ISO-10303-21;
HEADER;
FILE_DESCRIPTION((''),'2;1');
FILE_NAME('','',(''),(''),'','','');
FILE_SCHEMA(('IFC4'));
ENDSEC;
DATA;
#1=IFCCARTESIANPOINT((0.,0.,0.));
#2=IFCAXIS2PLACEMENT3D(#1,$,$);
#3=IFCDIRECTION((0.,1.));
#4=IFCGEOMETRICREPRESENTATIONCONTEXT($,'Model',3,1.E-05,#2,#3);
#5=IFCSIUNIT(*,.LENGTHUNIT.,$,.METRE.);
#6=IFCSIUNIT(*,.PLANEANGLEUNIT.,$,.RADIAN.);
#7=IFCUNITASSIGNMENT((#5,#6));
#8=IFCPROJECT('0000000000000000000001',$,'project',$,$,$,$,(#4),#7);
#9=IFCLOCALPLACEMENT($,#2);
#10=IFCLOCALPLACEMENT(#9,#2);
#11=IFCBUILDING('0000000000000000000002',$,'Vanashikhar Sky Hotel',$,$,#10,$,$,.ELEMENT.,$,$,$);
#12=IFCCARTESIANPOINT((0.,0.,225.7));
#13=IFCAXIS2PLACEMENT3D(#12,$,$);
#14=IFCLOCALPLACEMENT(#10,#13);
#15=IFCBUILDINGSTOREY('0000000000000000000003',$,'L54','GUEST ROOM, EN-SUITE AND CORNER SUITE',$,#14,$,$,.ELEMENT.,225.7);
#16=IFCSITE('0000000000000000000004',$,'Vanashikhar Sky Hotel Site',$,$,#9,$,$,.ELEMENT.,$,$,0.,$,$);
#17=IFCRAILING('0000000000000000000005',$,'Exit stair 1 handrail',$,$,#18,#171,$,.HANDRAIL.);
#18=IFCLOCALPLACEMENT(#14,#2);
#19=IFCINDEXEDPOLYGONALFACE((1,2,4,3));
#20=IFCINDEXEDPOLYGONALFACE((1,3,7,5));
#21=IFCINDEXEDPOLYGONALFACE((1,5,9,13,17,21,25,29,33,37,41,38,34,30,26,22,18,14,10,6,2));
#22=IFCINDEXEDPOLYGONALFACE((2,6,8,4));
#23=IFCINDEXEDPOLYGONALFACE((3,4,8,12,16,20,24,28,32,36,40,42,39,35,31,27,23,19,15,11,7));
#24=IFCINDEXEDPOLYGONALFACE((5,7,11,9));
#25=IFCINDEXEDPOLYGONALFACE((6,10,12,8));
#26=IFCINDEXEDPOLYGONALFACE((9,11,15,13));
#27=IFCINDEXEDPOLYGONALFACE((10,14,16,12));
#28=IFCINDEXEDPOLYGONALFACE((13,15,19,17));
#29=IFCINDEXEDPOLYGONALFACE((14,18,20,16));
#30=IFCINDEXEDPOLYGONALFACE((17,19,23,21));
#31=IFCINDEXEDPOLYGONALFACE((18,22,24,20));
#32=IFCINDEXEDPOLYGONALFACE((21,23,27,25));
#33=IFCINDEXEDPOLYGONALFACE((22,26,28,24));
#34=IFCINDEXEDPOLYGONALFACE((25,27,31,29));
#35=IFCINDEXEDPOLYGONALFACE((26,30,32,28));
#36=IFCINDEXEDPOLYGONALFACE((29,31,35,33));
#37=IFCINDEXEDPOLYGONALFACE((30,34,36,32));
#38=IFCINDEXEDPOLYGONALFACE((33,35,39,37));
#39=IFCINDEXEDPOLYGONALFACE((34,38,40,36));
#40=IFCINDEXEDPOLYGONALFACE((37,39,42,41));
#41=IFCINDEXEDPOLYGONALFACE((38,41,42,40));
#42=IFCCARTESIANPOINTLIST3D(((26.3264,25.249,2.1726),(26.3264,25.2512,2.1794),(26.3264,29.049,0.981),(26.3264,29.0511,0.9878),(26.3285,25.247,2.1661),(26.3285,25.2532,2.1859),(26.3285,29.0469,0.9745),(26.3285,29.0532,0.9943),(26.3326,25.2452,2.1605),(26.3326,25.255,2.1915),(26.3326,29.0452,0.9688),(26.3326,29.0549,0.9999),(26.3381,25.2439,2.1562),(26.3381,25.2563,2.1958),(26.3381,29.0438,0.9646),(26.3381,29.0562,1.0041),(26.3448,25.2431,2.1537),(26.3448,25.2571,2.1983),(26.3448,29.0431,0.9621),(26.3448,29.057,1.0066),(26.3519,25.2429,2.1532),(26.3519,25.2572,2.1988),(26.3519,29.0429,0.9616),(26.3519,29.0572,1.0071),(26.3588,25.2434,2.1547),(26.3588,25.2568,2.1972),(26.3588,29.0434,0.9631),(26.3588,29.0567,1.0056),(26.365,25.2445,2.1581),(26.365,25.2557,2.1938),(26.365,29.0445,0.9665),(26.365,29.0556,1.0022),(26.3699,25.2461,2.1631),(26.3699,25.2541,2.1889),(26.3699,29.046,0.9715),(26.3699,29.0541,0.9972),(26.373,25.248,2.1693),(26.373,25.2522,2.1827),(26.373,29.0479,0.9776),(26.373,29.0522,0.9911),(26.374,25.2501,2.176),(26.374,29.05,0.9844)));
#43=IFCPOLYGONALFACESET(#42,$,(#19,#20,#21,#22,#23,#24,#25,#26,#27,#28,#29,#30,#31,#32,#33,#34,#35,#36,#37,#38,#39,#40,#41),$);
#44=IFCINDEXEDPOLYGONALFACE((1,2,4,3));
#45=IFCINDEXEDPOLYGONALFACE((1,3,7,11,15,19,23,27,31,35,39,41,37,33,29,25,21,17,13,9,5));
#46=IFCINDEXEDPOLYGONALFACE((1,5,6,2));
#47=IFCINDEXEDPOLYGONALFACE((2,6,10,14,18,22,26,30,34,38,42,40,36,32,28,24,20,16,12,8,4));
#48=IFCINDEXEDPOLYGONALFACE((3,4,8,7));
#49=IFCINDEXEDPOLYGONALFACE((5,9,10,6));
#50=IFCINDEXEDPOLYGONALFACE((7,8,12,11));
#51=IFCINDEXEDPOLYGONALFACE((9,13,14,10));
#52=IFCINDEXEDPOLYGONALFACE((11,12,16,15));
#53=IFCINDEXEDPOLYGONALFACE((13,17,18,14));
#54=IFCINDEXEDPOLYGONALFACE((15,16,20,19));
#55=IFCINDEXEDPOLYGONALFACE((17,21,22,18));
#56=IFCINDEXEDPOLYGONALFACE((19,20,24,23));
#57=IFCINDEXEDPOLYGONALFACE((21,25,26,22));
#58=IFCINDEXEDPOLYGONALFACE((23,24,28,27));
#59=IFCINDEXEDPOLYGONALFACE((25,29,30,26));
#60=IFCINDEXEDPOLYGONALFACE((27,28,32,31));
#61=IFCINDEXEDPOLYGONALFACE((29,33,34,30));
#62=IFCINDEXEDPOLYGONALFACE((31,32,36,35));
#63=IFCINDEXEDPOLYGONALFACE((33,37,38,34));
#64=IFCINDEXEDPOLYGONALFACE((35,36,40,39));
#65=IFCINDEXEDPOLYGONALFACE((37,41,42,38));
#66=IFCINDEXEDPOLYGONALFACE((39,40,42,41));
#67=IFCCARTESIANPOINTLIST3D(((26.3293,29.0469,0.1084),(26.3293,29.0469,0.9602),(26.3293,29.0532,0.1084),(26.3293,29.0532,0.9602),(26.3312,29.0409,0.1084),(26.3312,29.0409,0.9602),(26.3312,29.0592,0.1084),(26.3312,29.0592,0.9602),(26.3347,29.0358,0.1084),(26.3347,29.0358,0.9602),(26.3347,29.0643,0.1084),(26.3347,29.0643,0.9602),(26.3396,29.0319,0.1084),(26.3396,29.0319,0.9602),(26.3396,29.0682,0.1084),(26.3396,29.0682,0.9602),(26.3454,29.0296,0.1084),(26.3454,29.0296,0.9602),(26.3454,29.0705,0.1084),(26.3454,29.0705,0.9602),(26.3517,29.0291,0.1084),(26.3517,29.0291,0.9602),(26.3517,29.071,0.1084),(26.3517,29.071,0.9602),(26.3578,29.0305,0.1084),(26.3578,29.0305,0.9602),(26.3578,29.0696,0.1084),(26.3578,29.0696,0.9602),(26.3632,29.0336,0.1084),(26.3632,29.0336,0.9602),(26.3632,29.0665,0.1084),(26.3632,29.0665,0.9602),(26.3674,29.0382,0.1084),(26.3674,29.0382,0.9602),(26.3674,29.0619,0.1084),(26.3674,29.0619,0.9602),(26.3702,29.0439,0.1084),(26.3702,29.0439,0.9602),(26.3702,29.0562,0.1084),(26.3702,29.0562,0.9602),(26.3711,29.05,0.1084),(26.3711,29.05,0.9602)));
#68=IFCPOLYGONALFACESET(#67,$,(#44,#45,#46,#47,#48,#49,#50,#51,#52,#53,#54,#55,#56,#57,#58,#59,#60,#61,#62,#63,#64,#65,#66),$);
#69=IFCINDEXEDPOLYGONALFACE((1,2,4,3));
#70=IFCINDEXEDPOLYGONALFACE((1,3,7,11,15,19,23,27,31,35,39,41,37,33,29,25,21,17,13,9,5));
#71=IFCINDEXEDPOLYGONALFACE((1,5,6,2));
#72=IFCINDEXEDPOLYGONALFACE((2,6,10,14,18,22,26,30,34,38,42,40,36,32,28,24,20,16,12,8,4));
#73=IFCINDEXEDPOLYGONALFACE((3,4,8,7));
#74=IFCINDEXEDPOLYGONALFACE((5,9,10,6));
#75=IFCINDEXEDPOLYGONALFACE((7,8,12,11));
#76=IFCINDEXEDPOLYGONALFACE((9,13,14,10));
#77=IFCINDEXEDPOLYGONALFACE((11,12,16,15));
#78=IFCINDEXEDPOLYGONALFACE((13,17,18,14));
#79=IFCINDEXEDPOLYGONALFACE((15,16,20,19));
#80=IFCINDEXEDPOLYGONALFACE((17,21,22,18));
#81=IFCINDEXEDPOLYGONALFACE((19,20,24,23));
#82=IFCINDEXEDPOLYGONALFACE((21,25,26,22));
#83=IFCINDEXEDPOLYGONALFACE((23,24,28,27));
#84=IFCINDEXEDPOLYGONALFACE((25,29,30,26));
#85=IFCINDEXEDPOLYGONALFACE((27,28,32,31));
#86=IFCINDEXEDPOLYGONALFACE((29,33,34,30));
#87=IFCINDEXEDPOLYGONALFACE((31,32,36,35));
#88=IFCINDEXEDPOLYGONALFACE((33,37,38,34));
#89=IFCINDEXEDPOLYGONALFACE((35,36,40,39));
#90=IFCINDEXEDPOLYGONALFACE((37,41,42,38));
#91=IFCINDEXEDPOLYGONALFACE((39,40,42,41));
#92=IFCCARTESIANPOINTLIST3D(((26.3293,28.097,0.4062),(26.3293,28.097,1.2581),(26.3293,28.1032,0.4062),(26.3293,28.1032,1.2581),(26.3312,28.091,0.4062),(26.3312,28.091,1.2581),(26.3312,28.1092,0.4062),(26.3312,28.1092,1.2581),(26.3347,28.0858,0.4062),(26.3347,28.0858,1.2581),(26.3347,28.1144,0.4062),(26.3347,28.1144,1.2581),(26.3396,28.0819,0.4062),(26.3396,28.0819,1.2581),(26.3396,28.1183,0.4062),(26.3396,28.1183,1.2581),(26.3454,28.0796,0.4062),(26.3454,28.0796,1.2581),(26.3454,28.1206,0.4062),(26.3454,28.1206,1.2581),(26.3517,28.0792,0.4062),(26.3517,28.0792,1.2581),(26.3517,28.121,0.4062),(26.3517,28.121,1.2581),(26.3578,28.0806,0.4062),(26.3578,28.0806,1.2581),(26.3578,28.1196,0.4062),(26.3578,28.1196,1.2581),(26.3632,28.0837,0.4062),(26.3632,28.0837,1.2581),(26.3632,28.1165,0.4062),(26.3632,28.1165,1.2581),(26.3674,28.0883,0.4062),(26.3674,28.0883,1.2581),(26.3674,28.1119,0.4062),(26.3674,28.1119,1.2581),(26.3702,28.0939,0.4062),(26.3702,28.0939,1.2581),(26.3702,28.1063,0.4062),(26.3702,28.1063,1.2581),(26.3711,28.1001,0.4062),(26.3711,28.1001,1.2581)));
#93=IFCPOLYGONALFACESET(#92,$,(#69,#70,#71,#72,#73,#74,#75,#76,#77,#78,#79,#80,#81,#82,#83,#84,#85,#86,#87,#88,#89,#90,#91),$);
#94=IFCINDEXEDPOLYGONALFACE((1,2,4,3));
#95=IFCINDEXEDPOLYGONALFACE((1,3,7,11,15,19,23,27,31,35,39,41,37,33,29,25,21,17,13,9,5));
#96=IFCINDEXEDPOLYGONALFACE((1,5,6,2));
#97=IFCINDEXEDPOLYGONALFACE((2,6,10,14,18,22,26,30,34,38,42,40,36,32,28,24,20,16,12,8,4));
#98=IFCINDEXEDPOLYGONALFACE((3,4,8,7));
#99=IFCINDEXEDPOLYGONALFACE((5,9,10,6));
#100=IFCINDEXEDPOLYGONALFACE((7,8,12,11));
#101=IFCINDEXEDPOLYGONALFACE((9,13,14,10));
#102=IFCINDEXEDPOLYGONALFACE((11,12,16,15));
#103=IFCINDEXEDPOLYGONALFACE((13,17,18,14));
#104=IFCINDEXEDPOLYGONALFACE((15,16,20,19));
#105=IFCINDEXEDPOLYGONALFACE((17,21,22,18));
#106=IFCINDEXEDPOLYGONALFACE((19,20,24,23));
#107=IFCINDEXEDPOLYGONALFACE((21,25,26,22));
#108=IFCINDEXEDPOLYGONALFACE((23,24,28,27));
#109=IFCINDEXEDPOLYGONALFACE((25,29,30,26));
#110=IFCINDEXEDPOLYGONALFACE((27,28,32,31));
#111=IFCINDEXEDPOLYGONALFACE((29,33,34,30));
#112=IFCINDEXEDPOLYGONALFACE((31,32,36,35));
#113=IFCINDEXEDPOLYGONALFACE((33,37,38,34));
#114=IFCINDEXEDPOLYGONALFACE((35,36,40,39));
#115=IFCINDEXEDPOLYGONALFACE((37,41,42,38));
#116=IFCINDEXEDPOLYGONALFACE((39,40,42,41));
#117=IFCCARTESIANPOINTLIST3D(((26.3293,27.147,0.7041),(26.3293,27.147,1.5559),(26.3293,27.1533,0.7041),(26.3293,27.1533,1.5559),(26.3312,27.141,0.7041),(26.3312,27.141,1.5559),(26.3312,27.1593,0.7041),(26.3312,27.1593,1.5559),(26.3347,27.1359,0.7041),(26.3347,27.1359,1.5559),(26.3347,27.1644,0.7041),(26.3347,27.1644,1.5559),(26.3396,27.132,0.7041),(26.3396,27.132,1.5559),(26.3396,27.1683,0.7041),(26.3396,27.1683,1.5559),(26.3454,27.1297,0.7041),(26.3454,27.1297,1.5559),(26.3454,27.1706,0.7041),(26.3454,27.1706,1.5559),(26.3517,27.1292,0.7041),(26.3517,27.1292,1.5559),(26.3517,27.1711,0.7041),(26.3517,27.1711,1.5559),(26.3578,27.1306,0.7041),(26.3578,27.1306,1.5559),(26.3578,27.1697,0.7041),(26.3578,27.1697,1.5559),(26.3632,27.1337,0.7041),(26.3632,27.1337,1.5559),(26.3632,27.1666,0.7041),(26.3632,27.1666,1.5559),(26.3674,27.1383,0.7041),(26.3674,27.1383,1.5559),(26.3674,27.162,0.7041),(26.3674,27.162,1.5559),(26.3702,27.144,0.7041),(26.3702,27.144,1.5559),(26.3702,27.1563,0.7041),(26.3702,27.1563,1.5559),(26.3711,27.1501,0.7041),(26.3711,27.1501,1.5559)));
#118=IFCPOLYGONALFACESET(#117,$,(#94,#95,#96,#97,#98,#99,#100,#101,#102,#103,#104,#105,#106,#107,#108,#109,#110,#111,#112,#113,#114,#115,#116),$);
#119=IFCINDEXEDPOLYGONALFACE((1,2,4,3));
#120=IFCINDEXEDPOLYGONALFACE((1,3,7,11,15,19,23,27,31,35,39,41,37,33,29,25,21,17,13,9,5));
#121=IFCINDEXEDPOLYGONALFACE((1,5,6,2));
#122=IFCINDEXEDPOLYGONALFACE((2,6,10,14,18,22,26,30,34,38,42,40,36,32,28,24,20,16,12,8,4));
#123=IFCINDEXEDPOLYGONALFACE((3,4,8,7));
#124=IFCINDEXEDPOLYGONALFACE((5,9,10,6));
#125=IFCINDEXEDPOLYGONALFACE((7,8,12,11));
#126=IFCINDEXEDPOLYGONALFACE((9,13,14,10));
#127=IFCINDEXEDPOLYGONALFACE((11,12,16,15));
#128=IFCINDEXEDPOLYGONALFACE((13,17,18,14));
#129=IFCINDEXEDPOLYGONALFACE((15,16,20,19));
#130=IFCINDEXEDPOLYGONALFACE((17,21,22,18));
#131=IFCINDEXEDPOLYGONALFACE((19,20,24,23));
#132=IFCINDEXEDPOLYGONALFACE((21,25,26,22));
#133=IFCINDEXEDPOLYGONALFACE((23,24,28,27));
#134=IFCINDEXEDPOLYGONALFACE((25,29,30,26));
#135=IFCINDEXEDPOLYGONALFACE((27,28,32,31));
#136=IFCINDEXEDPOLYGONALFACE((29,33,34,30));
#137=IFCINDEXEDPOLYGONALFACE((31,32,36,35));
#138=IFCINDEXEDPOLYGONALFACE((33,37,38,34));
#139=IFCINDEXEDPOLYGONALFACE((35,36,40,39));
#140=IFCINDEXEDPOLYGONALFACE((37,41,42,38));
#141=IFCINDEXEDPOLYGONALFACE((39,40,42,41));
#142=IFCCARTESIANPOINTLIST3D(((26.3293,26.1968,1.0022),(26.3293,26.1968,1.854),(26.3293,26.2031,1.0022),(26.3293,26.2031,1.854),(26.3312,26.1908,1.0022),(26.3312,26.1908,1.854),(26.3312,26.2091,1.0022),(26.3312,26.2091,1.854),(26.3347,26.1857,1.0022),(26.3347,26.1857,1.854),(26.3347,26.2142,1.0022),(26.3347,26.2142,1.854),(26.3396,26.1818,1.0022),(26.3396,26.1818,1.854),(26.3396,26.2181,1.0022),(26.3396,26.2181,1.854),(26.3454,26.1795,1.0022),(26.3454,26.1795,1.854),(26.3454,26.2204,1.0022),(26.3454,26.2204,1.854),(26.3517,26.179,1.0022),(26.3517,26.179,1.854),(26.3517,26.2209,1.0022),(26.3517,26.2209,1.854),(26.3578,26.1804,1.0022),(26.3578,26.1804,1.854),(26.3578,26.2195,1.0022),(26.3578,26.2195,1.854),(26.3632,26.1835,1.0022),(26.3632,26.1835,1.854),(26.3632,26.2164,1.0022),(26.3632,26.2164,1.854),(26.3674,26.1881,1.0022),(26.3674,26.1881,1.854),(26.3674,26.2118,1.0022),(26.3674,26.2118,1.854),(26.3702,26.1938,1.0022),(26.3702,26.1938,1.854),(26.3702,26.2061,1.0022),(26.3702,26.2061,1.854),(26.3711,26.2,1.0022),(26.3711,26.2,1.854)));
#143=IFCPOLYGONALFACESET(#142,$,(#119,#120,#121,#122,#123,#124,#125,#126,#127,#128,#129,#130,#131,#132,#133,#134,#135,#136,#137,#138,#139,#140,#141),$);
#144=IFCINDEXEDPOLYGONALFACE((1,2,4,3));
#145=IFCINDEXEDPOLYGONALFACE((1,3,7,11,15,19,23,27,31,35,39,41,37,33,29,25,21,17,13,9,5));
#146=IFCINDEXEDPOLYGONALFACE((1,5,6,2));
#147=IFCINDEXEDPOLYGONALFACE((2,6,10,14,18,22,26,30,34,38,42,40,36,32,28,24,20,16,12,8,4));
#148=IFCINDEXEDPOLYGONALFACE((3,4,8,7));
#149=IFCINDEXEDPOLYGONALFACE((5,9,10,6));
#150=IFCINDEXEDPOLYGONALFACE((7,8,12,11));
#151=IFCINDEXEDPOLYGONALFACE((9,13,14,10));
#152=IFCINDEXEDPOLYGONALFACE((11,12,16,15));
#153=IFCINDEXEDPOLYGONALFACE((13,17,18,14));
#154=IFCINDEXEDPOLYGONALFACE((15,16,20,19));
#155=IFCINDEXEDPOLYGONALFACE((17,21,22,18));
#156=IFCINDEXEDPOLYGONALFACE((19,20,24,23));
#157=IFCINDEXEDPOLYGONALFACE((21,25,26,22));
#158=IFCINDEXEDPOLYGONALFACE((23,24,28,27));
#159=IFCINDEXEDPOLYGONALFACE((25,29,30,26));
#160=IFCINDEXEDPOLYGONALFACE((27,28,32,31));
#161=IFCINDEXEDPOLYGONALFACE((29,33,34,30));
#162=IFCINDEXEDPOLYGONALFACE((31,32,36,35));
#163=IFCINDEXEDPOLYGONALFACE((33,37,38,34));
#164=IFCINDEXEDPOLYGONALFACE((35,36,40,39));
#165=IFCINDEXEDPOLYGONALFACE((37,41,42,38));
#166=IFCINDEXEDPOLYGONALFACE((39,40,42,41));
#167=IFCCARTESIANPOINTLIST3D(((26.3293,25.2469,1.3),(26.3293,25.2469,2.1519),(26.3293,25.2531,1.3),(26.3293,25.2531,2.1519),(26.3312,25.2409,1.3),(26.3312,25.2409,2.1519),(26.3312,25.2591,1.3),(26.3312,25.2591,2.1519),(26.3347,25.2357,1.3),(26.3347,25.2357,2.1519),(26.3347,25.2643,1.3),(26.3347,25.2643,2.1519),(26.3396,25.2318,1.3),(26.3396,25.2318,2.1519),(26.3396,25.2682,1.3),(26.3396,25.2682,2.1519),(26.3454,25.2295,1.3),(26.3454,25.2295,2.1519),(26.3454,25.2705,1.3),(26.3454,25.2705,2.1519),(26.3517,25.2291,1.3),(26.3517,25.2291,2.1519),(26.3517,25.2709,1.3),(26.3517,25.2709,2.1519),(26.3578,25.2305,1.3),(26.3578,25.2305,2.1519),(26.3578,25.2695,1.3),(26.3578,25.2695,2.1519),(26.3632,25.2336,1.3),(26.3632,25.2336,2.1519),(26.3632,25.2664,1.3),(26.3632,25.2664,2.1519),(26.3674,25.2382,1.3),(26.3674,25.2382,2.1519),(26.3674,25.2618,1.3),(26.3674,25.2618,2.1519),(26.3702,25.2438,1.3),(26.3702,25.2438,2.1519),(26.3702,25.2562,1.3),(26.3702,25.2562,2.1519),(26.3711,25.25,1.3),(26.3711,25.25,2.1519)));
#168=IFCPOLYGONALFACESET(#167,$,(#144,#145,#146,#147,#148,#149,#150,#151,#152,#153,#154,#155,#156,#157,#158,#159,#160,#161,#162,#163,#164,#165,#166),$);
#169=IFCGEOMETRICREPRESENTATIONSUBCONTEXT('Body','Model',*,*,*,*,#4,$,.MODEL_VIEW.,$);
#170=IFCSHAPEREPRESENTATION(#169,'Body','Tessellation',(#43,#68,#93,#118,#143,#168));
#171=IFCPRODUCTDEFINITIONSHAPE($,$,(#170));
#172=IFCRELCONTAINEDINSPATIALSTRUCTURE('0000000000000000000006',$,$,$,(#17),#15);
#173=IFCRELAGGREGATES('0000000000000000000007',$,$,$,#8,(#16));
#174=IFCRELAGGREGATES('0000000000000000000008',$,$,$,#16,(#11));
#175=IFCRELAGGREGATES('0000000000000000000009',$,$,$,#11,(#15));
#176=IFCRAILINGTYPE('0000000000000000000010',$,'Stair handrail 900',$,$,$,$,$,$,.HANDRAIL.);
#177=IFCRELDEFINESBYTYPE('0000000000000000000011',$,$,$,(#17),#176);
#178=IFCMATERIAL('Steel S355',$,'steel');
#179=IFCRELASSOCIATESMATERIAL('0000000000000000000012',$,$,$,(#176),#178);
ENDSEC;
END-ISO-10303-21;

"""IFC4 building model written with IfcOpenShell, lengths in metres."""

from ifc_helpers import new_model, si_unit, direction, frame, origin, origin_2d, place, context, subcontext, project, spatial, circle, extrude, source, transform, mapped, material, type_object, element, save


model = new_model("IFC4")

# Units and contexts
model_context = context("Model", 3, precision=1e-05, world=origin(), true_north=direction((0.0, 1.0)))
body_context = subcontext(model_context, "Body", "Model", "MODEL_VIEW")
ifc_project = project(units=[si_unit("LENGTHUNIT", "METRE"), si_unit("PLANEANGLEUNIT", "RADIAN")], contexts=[model_context])

# Site, building, storey
site_placement = place(None, origin())
site = spatial("IfcSite", under=ifc_project, at=site_placement, Name="Vanashikhar Sky Hotel Site", CompositionType="ELEMENT", RefElevation=0.0)
building_placement = place(site_placement, origin())
building = spatial("IfcBuilding", under=site, at=building_placement, Name="Vanashikhar Sky Hotel", CompositionType="ELEMENT")
storey_placement = place(building_placement, frame((0.0, 0.0, 225.7)))
storey = spatial("IfcBuildingStorey", under=building, at=storey_placement, Name="L54", Description="GUEST ROOM, EN-SUITE AND CORNER SUITE", CompositionType="ELEMENT", Elevation=225.7)

# Railing
ifc_material_1 = material(Name="Steel S355", Category="steel")
railing_type = type_object("IfcRailingType", Name="Stair handrail 900", PredefinedType="HANDRAIL", material=ifc_material_1)
shared_shape_1 = source(origin(), body_context, "Body", "SweptSolid", [
    extrude(circle(Radius=0.0239, at=origin_2d()), frame((0.0, 0.0, 0.876), z_axis=(0.0, -0.954184, 0.299221), x_axis=(1.0, 0.0, 0.0)), (0.0, 0.0, 1.0), 3.9824),
    extrude(circle(Radius=0.021, at=origin_2d()), origin(), (0.0, 0.0, 1.0), 0.8518),
    extrude(circle(Radius=0.021, at=origin_2d()), frame((0.0, -0.95, 0.2979)), (0.0, 0.0, 1.0), 0.8518),
    extrude(circle(Radius=0.021, at=origin_2d()), frame((0.0, -1.8999, 0.5957)), (0.0, 0.0, 1.0), 0.8518),
    extrude(circle(Radius=0.021, at=origin_2d()), frame((0.0, -2.8501, 0.8938)), (0.0, 0.0, 1.0), 0.8518),
    extrude(circle(Radius=0.021, at=origin_2d()), frame((0.0, -3.8, 1.1917)), (0.0, 0.0, 1.0), 0.8518),
])
for number, where, name in (
    (1, (26.3501, 29.05, 0.1084), "Exit stair 1 handrail"),
):
    element("IfcRailing", number, at=place(storey_placement, frame(where)), inside=storey, type_object=railing_type, Name=name, PredefinedType="HANDRAIL", context=body_context, shape_type="MappedRepresentation", body=[
        mapped(shared_shape_1, transform((0.0, 0.0, 0.0), scale=1.0)),
    ])

save(model, "model.ifc")
